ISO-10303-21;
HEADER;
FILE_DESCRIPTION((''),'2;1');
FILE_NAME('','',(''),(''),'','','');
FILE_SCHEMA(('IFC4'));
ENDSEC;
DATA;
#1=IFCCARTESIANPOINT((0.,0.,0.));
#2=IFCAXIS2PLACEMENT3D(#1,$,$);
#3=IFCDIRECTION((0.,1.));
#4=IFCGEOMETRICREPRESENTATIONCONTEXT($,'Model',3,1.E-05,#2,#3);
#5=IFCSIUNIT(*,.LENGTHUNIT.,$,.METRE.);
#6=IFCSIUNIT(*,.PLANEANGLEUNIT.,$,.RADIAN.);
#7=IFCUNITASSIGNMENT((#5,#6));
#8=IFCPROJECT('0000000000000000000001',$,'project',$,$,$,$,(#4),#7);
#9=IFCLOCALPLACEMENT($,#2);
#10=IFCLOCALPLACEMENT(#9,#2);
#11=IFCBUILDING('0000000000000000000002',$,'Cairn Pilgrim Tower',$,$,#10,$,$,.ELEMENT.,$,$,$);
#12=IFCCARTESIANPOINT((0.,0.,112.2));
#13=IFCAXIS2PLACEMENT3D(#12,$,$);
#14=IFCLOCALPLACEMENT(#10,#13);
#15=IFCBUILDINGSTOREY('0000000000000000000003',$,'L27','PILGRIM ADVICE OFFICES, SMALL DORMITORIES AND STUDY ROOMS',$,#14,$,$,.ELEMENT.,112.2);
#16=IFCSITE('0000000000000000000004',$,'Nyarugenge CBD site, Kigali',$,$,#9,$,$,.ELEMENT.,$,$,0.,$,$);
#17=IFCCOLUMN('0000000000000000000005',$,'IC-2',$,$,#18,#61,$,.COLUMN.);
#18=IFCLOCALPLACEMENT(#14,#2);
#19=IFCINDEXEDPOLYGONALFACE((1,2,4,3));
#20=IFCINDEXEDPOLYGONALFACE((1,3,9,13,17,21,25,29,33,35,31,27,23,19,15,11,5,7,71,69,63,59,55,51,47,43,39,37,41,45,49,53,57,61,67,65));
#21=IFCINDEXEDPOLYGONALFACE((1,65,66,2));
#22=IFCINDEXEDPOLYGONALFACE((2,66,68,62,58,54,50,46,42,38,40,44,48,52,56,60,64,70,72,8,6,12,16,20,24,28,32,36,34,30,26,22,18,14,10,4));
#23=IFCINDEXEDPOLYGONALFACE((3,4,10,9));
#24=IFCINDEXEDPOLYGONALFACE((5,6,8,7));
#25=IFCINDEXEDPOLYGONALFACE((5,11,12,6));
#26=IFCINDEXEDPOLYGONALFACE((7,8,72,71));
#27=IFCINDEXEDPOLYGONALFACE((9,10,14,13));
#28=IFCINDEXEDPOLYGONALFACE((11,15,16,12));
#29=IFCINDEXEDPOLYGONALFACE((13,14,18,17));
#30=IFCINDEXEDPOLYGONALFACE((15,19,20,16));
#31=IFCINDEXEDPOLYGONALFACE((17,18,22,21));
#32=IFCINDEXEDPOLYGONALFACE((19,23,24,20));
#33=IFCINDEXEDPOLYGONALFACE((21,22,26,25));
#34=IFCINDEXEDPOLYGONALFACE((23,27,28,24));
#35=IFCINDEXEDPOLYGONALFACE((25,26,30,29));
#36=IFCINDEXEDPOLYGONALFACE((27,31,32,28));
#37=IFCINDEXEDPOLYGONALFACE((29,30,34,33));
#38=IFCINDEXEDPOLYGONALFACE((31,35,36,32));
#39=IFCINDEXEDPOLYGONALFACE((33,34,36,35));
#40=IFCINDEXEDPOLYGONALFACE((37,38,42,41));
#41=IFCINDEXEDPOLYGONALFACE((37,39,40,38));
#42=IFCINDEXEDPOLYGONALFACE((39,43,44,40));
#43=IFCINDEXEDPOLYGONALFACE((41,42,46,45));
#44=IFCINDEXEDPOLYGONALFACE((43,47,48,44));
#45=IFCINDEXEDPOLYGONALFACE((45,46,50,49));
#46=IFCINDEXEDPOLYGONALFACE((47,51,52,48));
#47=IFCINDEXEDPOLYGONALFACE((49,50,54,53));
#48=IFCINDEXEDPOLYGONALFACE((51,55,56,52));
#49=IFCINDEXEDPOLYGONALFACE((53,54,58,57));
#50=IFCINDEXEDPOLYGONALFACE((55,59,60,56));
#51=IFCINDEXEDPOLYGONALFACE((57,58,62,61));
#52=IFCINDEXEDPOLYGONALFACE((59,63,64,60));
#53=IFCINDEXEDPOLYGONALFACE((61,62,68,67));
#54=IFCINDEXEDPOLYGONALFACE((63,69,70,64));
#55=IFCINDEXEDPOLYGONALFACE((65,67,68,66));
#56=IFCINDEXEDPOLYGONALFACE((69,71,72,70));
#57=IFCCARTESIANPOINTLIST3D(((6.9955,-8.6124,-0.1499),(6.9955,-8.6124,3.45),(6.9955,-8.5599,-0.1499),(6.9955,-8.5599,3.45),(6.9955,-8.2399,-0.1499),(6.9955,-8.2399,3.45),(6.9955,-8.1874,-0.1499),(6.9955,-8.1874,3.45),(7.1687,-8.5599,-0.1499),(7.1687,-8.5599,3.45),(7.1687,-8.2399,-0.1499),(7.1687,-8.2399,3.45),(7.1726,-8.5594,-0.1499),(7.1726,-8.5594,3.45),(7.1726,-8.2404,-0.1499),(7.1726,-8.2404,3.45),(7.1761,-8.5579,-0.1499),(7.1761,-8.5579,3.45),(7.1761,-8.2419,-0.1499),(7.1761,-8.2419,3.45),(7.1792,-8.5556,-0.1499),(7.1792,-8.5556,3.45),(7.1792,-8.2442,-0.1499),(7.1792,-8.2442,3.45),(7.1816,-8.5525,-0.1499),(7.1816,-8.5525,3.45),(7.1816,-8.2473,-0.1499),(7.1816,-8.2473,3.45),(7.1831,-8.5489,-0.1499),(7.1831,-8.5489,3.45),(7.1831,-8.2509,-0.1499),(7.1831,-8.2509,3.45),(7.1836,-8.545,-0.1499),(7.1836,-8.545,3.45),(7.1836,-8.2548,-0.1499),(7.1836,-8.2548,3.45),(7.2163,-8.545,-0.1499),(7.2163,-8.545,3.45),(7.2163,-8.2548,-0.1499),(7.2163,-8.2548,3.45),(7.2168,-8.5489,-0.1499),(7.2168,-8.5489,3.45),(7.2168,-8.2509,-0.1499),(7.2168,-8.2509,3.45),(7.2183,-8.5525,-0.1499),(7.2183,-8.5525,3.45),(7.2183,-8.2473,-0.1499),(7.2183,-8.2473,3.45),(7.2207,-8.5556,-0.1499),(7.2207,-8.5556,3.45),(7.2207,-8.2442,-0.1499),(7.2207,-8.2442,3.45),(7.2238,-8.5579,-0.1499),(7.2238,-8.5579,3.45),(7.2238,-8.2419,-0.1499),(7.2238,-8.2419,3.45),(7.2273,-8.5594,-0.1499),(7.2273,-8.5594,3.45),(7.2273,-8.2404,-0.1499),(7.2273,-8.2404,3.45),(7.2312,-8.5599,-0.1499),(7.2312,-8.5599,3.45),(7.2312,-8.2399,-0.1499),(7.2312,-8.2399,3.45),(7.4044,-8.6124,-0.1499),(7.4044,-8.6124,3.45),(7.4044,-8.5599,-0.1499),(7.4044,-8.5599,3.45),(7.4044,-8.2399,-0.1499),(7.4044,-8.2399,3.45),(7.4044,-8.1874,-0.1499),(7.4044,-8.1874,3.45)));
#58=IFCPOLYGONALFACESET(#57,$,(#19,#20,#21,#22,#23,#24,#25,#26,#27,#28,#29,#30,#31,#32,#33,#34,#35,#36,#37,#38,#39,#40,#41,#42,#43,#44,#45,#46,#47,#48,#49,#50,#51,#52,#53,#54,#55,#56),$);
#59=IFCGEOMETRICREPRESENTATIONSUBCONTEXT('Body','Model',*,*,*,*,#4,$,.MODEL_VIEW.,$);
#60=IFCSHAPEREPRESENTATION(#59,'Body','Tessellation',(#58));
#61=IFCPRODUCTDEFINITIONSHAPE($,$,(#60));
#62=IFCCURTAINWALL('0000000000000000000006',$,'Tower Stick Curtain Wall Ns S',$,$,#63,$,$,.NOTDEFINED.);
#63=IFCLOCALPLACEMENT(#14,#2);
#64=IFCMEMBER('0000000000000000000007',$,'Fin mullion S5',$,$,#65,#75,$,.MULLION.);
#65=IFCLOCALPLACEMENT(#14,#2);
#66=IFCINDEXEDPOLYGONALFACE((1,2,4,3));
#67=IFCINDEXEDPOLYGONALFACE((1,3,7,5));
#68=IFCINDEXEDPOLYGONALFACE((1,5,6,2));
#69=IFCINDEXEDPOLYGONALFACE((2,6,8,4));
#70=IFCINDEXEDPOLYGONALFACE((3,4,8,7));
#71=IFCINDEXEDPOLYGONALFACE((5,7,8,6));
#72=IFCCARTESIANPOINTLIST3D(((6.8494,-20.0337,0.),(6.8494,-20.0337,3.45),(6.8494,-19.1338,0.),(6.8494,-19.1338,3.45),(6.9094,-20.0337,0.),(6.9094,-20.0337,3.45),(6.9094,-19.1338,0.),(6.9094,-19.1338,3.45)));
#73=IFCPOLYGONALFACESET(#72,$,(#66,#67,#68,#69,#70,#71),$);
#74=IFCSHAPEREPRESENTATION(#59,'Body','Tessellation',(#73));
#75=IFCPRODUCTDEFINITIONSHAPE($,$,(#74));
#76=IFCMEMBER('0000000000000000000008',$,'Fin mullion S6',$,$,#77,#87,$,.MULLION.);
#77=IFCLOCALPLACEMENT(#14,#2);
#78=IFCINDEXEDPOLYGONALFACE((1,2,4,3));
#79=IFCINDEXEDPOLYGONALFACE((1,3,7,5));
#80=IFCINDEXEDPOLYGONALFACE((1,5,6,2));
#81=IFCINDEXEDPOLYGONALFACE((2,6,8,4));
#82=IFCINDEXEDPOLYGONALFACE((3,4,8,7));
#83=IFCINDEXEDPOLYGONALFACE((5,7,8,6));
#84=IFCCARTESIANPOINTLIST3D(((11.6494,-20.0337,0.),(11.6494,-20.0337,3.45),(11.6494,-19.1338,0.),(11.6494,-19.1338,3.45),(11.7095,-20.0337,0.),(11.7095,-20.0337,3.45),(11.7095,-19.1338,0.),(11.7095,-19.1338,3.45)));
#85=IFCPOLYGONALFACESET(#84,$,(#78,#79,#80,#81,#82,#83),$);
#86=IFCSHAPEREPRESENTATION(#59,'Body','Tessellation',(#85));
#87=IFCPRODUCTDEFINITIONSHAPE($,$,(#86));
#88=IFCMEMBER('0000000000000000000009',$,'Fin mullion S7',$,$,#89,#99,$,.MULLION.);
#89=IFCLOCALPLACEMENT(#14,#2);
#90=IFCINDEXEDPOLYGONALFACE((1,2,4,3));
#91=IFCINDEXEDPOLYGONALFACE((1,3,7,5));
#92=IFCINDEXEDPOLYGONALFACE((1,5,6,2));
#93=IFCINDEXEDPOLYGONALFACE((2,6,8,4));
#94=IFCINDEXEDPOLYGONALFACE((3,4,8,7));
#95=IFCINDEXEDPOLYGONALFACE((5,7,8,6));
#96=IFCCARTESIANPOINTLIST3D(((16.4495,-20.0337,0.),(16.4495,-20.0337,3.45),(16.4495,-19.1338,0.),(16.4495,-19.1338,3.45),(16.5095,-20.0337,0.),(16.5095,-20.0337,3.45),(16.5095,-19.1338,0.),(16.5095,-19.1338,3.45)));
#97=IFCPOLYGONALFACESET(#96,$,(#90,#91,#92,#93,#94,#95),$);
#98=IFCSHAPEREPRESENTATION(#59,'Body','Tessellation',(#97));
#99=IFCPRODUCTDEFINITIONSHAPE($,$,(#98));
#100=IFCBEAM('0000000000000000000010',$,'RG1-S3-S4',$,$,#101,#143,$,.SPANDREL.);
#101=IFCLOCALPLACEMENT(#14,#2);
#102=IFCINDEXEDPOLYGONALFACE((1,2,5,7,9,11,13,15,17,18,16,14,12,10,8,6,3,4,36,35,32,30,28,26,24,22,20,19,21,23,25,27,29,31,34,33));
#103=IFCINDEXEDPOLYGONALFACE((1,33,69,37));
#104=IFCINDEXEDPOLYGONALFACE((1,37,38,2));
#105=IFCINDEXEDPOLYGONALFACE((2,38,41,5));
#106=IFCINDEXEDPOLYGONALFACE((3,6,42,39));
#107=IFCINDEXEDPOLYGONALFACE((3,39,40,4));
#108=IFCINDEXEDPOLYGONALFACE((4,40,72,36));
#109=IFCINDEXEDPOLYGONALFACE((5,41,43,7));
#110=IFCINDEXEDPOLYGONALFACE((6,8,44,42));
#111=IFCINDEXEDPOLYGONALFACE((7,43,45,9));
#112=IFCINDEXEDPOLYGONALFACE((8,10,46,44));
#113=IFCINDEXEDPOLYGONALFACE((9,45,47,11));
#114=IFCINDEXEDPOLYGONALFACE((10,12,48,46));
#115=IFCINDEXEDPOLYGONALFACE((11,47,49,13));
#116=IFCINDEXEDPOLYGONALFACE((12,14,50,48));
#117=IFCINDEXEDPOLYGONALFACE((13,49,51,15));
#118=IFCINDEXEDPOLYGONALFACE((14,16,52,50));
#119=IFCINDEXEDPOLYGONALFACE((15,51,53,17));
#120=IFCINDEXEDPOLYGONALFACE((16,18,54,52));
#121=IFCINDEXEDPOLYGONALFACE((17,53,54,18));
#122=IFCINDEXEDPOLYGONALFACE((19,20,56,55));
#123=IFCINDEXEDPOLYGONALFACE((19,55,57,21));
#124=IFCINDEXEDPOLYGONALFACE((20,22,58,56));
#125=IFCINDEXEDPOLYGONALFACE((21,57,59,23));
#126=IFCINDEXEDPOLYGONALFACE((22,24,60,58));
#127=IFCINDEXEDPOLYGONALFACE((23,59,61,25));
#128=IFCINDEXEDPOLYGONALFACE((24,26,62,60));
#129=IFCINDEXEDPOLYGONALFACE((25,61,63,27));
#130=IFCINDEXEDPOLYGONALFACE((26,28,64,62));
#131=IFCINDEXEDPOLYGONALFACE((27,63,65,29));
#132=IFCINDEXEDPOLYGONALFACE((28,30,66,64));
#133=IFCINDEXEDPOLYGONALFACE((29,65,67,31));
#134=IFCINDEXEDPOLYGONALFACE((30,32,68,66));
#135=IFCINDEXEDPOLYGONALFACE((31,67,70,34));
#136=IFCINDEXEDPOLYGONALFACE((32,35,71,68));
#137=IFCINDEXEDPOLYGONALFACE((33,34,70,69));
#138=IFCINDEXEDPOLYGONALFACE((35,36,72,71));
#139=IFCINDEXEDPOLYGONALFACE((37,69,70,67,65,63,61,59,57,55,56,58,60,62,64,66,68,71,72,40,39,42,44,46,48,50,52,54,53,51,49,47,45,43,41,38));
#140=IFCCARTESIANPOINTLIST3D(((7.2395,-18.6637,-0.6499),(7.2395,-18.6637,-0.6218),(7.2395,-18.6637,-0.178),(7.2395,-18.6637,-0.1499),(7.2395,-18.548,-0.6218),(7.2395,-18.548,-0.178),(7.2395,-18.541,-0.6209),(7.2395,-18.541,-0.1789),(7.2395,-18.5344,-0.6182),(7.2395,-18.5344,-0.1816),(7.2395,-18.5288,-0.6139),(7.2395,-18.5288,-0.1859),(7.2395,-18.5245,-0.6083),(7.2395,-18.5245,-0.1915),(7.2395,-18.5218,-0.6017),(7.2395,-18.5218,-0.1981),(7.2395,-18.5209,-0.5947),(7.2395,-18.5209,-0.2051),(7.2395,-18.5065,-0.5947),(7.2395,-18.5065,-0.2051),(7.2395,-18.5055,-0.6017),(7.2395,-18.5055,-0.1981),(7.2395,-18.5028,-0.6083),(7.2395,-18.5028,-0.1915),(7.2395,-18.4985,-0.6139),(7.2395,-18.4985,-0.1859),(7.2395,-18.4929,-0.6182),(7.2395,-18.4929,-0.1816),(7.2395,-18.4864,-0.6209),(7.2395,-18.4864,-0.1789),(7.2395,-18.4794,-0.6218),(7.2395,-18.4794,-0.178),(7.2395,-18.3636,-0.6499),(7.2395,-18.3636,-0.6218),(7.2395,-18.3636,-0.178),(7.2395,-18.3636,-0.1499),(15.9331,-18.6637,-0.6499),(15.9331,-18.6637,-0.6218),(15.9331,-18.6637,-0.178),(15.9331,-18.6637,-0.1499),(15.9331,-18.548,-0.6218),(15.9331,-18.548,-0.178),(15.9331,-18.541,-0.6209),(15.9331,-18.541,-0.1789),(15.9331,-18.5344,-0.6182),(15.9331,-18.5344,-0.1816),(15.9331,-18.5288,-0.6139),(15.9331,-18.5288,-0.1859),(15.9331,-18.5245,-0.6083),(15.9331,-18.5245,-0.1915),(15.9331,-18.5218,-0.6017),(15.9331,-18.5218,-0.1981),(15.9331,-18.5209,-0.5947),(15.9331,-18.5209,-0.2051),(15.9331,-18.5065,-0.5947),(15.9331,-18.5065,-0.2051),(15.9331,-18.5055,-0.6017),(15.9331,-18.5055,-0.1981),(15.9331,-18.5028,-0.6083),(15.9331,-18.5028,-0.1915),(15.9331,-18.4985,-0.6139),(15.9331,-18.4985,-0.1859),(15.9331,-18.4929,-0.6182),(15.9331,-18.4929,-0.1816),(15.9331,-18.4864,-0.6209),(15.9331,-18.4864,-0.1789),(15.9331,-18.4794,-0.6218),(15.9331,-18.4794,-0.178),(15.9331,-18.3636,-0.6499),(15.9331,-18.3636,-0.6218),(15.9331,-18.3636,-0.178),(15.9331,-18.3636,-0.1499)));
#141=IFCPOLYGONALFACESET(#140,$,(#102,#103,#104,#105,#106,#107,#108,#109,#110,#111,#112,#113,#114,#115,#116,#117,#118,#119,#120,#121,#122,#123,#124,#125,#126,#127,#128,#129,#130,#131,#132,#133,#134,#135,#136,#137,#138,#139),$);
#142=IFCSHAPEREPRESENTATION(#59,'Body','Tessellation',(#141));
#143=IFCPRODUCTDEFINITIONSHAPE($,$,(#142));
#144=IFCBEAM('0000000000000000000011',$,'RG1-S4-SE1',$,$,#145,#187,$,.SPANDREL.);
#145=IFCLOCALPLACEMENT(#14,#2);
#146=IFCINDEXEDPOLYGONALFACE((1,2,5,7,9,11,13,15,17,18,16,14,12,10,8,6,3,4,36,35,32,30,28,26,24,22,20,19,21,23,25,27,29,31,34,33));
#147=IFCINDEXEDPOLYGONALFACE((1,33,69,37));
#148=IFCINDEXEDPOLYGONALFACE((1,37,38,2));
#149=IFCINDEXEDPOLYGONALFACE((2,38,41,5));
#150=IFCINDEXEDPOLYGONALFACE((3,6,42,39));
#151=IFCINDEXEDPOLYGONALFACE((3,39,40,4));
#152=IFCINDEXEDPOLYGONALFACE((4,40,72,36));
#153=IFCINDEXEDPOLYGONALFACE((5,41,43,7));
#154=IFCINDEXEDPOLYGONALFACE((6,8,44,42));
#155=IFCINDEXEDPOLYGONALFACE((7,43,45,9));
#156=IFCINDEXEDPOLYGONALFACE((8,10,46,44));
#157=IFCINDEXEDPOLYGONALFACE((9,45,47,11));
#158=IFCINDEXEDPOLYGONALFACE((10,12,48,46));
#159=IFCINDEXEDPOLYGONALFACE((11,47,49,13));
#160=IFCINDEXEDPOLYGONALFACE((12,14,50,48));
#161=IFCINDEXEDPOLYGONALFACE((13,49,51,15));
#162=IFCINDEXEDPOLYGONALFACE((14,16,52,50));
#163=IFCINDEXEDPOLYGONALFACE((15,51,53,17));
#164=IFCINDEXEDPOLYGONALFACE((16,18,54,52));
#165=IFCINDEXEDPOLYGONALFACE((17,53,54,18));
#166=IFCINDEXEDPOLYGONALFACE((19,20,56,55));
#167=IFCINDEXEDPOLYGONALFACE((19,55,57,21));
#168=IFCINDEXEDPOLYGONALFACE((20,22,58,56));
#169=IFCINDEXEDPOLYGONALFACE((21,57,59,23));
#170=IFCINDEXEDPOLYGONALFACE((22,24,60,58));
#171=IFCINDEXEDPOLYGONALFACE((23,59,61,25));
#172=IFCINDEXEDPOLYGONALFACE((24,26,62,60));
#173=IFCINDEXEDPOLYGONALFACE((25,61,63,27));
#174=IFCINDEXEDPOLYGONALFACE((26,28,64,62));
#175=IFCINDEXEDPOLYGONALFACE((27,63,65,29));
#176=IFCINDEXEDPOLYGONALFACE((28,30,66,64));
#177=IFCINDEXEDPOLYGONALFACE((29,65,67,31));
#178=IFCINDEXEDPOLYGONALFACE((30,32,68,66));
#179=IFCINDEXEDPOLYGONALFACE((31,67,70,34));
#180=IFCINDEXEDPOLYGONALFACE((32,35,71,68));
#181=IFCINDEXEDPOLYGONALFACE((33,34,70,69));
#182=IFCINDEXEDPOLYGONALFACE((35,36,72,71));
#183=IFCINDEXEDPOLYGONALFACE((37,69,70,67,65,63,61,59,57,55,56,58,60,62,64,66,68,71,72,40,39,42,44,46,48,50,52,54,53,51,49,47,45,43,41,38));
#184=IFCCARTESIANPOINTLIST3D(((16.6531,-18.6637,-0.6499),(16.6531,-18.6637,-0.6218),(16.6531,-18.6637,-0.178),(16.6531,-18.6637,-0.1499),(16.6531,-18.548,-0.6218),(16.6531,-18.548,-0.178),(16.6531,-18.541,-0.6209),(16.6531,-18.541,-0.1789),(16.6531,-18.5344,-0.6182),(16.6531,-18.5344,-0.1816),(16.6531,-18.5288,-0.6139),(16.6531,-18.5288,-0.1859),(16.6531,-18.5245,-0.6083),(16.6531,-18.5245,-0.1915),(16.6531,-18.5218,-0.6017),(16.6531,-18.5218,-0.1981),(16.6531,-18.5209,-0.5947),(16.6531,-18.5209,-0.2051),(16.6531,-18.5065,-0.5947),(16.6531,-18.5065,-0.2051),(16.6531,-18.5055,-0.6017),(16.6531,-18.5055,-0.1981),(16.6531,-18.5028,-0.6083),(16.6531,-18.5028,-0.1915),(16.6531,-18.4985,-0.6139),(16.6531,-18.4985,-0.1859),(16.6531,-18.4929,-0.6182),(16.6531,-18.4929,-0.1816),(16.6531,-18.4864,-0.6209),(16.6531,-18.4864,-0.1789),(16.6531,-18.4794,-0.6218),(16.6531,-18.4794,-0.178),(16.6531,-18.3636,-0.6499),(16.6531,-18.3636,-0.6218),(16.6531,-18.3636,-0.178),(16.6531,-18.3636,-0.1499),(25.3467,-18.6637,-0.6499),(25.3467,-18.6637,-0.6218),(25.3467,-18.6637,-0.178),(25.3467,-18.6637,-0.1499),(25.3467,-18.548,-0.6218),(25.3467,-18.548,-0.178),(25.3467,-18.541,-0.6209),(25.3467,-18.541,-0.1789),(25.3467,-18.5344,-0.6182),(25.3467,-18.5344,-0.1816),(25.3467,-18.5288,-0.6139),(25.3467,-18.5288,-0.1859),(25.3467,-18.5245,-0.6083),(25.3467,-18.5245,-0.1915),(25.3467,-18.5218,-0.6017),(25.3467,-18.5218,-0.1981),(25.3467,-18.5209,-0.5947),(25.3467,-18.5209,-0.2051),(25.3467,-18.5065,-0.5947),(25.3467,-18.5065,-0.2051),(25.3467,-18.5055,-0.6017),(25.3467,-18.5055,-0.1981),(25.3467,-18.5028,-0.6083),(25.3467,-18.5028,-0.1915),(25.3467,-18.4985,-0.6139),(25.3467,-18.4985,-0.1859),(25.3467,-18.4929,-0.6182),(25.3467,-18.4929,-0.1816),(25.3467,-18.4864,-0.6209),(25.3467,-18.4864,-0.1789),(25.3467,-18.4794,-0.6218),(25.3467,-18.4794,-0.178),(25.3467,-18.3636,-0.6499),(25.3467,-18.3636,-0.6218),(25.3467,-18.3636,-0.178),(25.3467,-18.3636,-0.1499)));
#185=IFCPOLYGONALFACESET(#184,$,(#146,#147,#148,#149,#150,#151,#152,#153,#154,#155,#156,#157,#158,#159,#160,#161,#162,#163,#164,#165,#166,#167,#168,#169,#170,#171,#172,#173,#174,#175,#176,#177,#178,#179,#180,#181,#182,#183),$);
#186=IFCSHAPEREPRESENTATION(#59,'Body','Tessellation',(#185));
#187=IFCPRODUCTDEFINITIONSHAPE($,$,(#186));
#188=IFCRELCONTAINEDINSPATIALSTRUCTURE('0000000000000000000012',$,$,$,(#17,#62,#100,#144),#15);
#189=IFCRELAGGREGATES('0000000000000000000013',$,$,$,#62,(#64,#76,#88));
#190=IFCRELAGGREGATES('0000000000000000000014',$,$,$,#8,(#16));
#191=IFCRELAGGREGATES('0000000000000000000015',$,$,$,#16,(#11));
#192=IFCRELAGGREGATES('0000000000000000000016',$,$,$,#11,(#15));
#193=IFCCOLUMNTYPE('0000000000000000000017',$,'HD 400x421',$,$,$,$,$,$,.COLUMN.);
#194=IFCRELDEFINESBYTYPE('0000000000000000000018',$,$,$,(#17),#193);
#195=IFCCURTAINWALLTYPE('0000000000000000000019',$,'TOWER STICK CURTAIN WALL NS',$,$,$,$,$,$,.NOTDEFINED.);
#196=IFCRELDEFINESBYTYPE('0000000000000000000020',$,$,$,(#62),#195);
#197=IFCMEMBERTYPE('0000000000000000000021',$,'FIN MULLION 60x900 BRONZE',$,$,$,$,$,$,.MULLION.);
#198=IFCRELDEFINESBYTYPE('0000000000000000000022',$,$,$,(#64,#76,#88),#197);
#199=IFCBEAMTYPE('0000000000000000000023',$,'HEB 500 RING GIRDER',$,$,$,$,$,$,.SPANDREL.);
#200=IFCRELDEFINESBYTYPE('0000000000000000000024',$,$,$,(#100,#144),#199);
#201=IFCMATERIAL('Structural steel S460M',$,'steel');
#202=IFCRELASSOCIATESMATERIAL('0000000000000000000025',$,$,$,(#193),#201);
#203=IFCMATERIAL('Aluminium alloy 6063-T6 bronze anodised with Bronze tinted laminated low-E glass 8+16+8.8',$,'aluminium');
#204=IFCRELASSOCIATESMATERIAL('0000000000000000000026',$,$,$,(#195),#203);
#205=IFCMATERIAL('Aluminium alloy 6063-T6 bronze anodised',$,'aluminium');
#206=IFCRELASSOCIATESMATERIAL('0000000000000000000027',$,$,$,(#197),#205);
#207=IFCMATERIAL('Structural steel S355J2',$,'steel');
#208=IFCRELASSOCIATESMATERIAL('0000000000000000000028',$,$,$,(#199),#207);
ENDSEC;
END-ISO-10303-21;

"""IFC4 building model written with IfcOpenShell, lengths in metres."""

from ifc_helpers import new_model, si_unit, direction, frame, origin, origin_2d, place, context, subcontext, project, spatial, rectangle, i_section, extrude, material, material_profile, profile_set, type_object, element, aggregate, save


model = new_model("IFC4")

# Units and contexts
model_context = context("Model", 3, precision=1e-05, world=origin(), true_north=direction((0.0, 1.0)))
body_context = subcontext(model_context, "Body", "Model", "MODEL_VIEW")
ifc_project = project(units=[si_unit("LENGTHUNIT", "METRE"), si_unit("PLANEANGLEUNIT", "RADIAN")], contexts=[model_context])

# Site, building, storey
site_placement = place(None, origin())
site = spatial("IfcSite", under=ifc_project, at=site_placement, Name="Nyarugenge CBD site, Kigali", CompositionType="ELEMENT", RefElevation=0.0)
building_placement = place(site_placement, origin())
building = spatial("IfcBuilding", under=site, at=building_placement, Name="Cairn Pilgrim Tower", CompositionType="ELEMENT")
storey_placement = place(building_placement, frame((0.0, 0.0, 112.2)))
storey = spatial("IfcBuildingStorey", under=building, at=storey_placement, Name="L27", Description="PILGRIM ADVICE OFFICES, SMALL DORMITORIES AND STUDY ROOMS", CompositionType="ELEMENT", Elevation=112.2)

# Column
ifc_material_1 = material(Name="Structural steel S460M", Category="steel")
ifc_material_profile_1 = material_profile(ifc_material_1, i_section(OverallWidth=0.4089, OverallDepth=0.425, WebThickness=0.0327, FlangeThickness=0.0525, FilletRadius=0.0149, at=origin_2d()), Name="HD 400x421")
ifc_profile_set_1 = profile_set([ifc_material_profile_1], Name="Structural steel S460M")
column_type_1 = type_object("IfcColumnType", Name="HD 400x421", PredefinedType="COLUMN", material=ifc_profile_set_1)
column_placement = place(storey_placement, frame((7.2, -8.3999, -0.1499), z_axis=(0.0, 0.0, 1.0), x_axis=(1.0, 0.0, 0.0)))
element("IfcColumn", 1, at=column_placement, inside=storey, type_object=column_type_1, Name="IC-2", PredefinedType="COLUMN", context=body_context, shape_type="SweptSolid", body=[
    extrude(i_section(OverallWidth=0.4089, OverallDepth=0.425, WebThickness=0.0327, FlangeThickness=0.0525, FilletRadius=0.0149, at=origin_2d()), origin(), (0.0, 0.0, 1.0), 3.5999),
])

# Curtain wall, members
ifc_material_2 = material(Name="Aluminium alloy 6063-T6 bronze anodised with Bronze tinted laminated low-E glass 8+16+8.8", Category="aluminium")
curtain_wall_type = type_object("IfcCurtainWallType", Name="TOWER STICK CURTAIN WALL NS", PredefinedType="NOTDEFINED", material=ifc_material_2)
curtain_wall_placement = place(storey_placement, origin())
curtain_wall = element("IfcCurtainWall", 2, at=curtain_wall_placement, inside=storey, type_object=curtain_wall_type, Name="Tower Stick Curtain Wall Ns S", PredefinedType="NOTDEFINED")
ifc_material_3 = material(Name="Aluminium alloy 6063-T6 bronze anodised", Category="aluminium")
ifc_material_profile_2 = material_profile(ifc_material_3, rectangle(XDim=0.8999, YDim=0.0601, at=origin_2d()), Name="FIN MULLION 60x900 BRONZE")
ifc_profile_set_2 = profile_set([ifc_material_profile_2], Name="Aluminium alloy 6063-T6 bronze anodised")
member_type_1 = type_object("IfcMemberType", Name="FIN MULLION 60x900 BRONZE", PredefinedType="MULLION", material=ifc_profile_set_2)
member_1_placement = place(storey_placement, frame((6.8794, -19.5837, 0.0), z_axis=(0.0, 0.0, 1.0), x_axis=(0.0, -1.0, 0.0)))
member_1 = element("IfcMember", 3, at=member_1_placement, type_object=member_type_1, Name="Fin mullion S5", PredefinedType="MULLION", context=body_context, shape_type="SweptSolid", body=[
    extrude(rectangle(XDim=0.8999, YDim=0.0601, at=origin_2d()), origin(), (0.0, 0.0, 1.0), 3.45),
])
member_2_placement = place(storey_placement, frame((11.6794, -19.5837, 0.0), z_axis=(0.0, 0.0, 1.0), x_axis=(0.0, -1.0, 0.0)))
member_2 = element("IfcMember", 4, at=member_2_placement, type_object=member_type_1, Name="Fin mullion S6", PredefinedType="MULLION", context=body_context, shape_type="SweptSolid", body=[
    extrude(rectangle(XDim=0.8999, YDim=0.0601, at=origin_2d()), origin(), (0.0, 0.0, 1.0), 3.45),
])
member_3_placement = place(storey_placement, frame((16.4795, -19.5837, 0.0), z_axis=(0.0, 0.0, 1.0), x_axis=(0.0, -1.0, 0.0)))
member_3 = element("IfcMember", 5, at=member_3_placement, type_object=member_type_1, Name="Fin mullion S7", PredefinedType="MULLION", context=body_context, shape_type="SweptSolid", body=[
    extrude(rectangle(XDim=0.8999, YDim=0.0601, at=origin_2d()), origin(), (0.0, 0.0, 1.0), 3.45),
])

# Beams
ifc_material_4 = material(Name="Structural steel S355J2", Category="steel")
ifc_material_profile_3 = material_profile(ifc_material_4, i_section(OverallWidth=0.3, OverallDepth=0.5, WebThickness=0.0144, FlangeThickness=0.0281, FilletRadius=0.0271, at=origin_2d()), Name="HEB 500")
ifc_profile_set_3 = profile_set([ifc_material_profile_3], Name="Structural steel S355J2")
beam_type_1 = type_object("IfcBeamType", Name="HEB 500 RING GIRDER", PredefinedType="SPANDREL", material=ifc_profile_set_3)
for number, where, z_axis, x_axis, name in (
    (6, (7.2395, -18.5137, -0.3999), (1.0, 0.0, 0.0), (0.0, 1.0, 0.0), "RG1-S3-S4"),
    (7, (16.6531, -18.5137, -0.3999), (1.0, 0.0, 0.0), (0.0, 1.0, 0.0), "RG1-S4-SE1"),
):
    element("IfcBeam", number, at=place(storey_placement, frame(where, z_axis=z_axis, x_axis=x_axis)), inside=storey, type_object=beam_type_1, Name=name, PredefinedType="SPANDREL", context=body_context, shape_type="SweptSolid", body=[
        extrude(i_section(OverallWidth=0.3, OverallDepth=0.5, WebThickness=0.0144, FlangeThickness=0.0281, FilletRadius=0.0271, at=origin_2d()), origin(), (0.0, 0.0, 1.0), 8.6936),
    ])

aggregate(curtain_wall, [member_1, member_2, member_3])

save(model, "model.ifc")
